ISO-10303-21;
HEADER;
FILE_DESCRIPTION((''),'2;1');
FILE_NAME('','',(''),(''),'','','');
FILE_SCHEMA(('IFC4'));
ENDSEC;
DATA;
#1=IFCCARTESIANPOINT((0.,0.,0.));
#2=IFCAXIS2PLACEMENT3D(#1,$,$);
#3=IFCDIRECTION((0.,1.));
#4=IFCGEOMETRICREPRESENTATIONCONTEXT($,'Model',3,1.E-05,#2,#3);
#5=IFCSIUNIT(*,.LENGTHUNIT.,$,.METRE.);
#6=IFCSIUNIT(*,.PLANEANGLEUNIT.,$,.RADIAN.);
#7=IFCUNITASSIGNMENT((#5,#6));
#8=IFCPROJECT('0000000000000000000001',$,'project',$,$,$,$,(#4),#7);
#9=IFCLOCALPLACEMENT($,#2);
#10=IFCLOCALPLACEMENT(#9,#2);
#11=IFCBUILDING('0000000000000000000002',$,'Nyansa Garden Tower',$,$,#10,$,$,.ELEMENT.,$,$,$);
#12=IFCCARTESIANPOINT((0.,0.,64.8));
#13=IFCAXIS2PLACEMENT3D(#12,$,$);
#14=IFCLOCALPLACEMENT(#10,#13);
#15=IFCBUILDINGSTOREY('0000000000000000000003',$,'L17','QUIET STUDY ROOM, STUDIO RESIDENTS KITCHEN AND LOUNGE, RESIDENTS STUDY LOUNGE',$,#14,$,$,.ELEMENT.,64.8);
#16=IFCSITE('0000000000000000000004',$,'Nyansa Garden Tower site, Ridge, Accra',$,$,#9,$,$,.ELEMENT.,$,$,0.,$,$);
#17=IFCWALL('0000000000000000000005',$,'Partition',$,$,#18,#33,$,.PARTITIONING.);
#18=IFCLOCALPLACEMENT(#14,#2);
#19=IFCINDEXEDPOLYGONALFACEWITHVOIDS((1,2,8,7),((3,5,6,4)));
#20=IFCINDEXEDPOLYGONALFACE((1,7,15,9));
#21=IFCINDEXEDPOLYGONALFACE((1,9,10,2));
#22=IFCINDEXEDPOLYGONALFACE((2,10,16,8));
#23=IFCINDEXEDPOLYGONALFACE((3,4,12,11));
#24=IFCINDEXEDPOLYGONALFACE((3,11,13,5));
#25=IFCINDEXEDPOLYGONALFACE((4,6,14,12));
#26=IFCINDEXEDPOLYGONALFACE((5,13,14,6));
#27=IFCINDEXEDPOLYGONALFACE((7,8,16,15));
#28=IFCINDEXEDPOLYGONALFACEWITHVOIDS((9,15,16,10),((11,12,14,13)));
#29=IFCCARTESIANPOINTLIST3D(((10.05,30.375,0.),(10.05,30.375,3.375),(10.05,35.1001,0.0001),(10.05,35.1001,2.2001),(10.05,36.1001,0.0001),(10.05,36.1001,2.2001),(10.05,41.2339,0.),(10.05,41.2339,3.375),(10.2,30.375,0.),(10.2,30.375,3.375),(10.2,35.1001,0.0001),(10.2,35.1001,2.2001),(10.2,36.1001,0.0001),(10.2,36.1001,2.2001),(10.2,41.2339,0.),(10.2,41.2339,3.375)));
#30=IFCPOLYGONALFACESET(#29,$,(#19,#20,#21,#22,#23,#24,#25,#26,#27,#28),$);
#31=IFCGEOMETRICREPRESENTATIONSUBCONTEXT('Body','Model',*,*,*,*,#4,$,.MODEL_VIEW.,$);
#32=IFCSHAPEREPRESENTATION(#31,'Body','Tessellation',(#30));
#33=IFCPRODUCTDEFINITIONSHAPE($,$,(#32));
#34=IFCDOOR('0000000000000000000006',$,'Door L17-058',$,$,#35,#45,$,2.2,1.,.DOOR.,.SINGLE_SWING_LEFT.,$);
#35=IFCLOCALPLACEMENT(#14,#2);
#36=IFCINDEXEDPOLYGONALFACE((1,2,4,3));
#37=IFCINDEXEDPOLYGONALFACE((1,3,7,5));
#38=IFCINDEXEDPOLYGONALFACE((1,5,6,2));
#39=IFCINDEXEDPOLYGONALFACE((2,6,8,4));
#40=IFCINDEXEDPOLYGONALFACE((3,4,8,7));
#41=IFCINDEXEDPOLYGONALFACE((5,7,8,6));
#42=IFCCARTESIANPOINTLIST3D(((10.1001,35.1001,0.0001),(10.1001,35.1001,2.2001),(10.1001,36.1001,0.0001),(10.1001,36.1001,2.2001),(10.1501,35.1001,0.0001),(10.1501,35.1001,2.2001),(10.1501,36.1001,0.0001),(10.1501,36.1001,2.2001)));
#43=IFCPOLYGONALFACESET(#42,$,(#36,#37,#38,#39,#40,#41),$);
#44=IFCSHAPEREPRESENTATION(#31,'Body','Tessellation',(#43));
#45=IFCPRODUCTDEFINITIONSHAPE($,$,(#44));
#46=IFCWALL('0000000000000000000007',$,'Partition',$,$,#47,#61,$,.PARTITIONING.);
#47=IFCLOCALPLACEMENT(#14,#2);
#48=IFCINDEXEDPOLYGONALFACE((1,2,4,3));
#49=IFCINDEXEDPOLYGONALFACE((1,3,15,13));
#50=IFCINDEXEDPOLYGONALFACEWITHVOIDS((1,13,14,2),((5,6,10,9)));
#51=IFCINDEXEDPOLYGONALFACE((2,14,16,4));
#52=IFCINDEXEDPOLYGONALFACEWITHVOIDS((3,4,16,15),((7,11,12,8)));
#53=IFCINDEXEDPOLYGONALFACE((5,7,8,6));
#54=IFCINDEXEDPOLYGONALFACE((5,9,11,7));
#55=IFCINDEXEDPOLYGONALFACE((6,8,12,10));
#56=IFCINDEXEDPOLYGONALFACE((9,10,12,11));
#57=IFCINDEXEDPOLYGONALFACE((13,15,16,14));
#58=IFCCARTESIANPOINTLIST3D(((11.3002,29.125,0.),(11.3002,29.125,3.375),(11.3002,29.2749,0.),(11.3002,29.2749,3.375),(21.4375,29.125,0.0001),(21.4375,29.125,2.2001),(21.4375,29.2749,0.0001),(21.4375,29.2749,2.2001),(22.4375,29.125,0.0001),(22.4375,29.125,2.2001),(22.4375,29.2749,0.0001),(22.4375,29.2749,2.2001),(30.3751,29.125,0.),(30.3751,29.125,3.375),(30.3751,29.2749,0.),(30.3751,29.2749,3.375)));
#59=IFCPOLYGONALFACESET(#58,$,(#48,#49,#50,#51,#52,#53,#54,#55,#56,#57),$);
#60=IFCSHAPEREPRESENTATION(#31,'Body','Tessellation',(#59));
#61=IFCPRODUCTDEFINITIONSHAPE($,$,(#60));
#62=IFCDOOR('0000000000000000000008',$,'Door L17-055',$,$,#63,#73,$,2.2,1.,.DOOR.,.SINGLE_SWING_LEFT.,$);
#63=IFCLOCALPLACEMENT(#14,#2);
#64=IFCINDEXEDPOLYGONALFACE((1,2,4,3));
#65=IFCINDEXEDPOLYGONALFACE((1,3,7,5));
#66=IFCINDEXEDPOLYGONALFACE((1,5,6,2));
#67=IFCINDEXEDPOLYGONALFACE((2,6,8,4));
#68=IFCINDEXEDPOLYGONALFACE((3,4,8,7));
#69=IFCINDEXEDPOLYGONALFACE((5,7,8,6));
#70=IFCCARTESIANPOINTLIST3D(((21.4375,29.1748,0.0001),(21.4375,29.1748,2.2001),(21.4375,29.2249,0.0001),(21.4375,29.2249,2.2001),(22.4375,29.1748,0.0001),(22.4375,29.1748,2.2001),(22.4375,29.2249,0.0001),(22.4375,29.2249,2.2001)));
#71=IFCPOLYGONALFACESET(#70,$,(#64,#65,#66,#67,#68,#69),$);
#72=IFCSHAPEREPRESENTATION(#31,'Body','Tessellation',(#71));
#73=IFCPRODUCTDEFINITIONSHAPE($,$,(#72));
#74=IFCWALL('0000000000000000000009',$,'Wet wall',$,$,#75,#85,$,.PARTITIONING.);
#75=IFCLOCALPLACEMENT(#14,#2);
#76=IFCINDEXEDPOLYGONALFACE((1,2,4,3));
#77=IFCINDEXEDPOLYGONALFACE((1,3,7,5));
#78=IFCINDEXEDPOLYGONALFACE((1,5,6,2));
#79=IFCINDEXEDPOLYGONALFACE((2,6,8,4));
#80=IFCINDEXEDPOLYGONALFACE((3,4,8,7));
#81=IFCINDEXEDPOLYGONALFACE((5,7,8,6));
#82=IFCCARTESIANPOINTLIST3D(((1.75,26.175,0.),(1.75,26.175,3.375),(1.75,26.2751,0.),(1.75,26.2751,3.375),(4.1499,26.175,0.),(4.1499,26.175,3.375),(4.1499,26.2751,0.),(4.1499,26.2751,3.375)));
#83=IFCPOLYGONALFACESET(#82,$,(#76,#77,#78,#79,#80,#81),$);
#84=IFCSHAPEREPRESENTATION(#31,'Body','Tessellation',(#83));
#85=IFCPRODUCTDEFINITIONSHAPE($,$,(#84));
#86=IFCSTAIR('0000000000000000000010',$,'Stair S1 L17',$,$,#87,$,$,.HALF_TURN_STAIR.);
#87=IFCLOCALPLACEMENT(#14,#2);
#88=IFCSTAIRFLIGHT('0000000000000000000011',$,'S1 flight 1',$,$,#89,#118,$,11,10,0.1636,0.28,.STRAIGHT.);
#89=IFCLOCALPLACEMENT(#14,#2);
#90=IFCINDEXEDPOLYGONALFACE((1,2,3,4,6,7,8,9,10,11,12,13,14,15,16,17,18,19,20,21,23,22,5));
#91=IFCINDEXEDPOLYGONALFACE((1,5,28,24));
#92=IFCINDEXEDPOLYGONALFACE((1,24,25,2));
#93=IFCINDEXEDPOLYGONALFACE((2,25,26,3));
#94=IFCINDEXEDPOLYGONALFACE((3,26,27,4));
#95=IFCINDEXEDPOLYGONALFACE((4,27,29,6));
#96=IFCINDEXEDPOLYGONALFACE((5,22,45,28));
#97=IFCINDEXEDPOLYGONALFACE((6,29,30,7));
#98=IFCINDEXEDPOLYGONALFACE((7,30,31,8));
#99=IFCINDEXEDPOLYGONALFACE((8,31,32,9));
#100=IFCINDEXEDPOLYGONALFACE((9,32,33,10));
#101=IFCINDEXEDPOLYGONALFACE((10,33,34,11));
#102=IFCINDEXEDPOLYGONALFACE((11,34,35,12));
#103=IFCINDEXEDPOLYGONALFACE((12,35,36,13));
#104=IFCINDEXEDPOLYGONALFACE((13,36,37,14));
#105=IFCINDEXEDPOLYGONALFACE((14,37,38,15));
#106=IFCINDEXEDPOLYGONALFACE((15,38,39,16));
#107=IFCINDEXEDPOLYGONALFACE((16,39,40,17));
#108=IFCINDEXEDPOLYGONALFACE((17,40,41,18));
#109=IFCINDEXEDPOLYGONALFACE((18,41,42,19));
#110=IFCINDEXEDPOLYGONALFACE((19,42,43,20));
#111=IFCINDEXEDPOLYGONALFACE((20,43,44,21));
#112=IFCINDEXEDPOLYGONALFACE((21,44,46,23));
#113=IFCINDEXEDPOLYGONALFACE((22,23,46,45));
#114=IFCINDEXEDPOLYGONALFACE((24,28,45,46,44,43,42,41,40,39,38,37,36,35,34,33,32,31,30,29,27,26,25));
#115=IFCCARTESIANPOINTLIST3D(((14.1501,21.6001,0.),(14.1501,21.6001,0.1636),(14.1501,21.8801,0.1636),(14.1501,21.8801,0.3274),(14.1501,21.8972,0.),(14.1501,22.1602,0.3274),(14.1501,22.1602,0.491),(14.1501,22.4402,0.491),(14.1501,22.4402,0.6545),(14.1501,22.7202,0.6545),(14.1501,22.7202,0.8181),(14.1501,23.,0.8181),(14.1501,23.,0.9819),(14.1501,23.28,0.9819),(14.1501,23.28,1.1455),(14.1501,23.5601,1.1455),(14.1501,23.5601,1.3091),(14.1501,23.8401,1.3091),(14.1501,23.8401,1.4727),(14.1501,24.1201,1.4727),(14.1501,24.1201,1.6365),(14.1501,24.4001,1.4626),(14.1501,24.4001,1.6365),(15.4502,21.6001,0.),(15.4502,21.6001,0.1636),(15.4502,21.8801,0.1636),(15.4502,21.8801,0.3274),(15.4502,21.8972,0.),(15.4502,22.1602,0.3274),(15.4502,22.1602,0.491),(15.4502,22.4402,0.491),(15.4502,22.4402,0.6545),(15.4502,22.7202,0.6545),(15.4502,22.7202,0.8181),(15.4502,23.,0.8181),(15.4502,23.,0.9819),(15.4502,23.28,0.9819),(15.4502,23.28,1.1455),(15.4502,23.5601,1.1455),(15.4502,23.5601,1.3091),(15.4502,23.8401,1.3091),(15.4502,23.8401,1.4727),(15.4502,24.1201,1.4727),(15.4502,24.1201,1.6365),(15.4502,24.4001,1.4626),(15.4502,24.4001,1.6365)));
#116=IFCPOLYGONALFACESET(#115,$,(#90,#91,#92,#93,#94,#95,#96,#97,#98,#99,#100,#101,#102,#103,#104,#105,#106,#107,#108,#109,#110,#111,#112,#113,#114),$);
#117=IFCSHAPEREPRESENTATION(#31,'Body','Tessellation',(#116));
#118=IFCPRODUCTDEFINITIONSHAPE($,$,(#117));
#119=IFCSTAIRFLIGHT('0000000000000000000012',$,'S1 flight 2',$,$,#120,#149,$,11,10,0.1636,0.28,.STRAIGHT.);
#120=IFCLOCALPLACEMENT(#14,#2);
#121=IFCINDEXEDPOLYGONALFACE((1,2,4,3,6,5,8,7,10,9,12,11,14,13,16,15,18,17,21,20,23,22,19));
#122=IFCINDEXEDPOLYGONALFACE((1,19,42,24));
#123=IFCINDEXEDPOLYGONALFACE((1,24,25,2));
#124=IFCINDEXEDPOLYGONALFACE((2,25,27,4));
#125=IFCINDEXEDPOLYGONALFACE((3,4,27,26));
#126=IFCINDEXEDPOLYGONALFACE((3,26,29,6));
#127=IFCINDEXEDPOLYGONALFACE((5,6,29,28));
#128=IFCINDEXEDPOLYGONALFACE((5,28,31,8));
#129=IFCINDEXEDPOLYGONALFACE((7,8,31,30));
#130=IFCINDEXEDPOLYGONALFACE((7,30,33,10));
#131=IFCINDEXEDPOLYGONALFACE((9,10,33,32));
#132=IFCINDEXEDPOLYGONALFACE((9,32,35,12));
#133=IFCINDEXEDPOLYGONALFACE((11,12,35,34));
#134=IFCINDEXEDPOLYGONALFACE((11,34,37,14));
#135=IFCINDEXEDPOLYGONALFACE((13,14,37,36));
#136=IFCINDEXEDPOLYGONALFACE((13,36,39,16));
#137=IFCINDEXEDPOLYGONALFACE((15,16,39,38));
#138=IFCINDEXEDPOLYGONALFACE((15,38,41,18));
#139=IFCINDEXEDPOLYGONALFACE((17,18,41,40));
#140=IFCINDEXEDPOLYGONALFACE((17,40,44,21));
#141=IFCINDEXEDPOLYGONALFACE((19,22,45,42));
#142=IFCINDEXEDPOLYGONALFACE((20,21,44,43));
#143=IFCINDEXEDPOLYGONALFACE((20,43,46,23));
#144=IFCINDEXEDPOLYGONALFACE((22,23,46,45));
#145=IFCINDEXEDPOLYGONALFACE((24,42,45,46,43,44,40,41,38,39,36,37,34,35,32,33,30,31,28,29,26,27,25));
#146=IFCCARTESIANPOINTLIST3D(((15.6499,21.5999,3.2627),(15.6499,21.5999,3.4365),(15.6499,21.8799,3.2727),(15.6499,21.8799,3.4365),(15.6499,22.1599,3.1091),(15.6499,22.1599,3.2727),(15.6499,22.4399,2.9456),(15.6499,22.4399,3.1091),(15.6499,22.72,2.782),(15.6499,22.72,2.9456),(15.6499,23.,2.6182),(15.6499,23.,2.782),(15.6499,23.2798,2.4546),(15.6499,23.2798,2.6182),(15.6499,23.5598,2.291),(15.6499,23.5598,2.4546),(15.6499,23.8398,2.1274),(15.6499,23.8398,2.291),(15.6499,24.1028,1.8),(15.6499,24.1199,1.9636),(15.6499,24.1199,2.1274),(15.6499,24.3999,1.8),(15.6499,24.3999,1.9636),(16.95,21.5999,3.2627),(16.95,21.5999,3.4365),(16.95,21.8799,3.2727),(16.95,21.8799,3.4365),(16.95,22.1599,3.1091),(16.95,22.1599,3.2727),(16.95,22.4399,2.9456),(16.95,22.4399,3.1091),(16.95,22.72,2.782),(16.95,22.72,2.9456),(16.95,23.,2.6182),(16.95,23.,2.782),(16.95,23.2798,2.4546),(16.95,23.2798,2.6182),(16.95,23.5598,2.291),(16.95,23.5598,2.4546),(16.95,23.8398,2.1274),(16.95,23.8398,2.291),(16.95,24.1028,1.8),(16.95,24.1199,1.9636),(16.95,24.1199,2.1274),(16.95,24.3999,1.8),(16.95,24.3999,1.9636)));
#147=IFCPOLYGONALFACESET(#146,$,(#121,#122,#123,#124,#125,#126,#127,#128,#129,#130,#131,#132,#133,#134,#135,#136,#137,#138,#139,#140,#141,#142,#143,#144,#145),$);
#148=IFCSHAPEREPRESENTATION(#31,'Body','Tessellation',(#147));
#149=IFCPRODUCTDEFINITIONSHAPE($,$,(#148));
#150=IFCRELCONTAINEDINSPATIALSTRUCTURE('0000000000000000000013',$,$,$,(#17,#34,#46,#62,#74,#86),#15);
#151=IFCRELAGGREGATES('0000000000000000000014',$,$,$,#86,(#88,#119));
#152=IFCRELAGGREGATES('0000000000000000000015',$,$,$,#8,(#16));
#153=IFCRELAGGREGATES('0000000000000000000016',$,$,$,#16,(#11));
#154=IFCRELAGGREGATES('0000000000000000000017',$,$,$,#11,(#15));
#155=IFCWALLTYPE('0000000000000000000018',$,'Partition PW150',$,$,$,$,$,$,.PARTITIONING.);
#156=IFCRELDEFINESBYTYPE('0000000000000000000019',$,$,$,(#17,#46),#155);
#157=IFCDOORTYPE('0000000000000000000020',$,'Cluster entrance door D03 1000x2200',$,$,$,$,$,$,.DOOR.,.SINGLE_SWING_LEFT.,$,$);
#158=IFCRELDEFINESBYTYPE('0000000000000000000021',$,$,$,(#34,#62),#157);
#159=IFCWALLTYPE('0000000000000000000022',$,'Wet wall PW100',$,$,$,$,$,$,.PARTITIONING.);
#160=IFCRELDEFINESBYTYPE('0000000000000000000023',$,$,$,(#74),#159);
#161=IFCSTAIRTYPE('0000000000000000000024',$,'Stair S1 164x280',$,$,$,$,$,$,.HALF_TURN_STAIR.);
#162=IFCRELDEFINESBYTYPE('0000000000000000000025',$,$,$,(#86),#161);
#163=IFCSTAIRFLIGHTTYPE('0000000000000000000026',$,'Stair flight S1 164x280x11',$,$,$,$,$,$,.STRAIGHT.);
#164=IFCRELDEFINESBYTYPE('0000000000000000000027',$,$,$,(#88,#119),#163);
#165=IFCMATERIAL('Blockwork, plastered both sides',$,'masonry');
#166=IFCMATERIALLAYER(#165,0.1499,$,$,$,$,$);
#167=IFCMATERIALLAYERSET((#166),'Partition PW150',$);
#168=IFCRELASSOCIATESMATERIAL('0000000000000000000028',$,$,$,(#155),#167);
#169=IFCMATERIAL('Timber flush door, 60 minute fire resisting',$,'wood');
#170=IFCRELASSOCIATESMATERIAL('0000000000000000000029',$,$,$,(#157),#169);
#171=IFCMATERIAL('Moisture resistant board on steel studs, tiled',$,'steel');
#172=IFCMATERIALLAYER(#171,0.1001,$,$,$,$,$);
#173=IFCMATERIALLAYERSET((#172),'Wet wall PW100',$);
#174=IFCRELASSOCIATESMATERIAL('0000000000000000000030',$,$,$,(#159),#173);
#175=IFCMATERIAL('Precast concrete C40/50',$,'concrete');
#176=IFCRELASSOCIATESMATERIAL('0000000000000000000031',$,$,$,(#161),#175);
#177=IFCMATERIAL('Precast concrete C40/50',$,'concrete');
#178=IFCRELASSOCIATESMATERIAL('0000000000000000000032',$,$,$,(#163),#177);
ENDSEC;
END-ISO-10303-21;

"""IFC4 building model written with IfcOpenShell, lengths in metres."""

from ifc_helpers import new_model, si_unit, direction, frame, frame_2d, origin, place, context, subcontext, project, spatial, polyline, rectangle, outline, extrude, material, layer, layer_set, type_object, element, fill, aggregate, save


model = new_model("IFC4")

# Units and contexts
model_context = context("Model", 3, precision=1e-05, world=origin(), true_north=direction((0.0, 1.0)))
body_context = subcontext(model_context, "Body", "Model", "MODEL_VIEW")
ifc_project = project(units=[si_unit("LENGTHUNIT", "METRE"), si_unit("PLANEANGLEUNIT", "RADIAN")], contexts=[model_context])

# Site, building, storey
site_placement = place(None, origin())
site = spatial("IfcSite", under=ifc_project, at=site_placement, Name="Nyansa Garden Tower site, Ridge, Accra", CompositionType="ELEMENT", RefElevation=0.0)
building_placement = place(site_placement, origin())
building = spatial("IfcBuilding", under=site, at=building_placement, Name="Nyansa Garden Tower", CompositionType="ELEMENT")
storey_placement = place(building_placement, frame((0.0, 0.0, 64.8)))
storey = spatial("IfcBuildingStorey", under=building, at=storey_placement, Name="L17", Description="QUIET STUDY ROOM, STUDIO RESIDENTS KITCHEN AND LOUNGE, RESIDENTS STUDY LOUNGE", CompositionType="ELEMENT", Elevation=64.8)

# Shared definitions
ifc_material_1 = material(Name="Blockwork, plastered both sides", Category="masonry")
ifc_layer_1 = layer(ifc_material_1, 0.1499)
ifc_layer_set_1 = layer_set([ifc_layer_1], Name="Partition PW150")
wall_type_1 = type_object("IfcWallType", Name="Partition PW150", PredefinedType="PARTITIONING", material=ifc_layer_set_1)

# Walls, openings, doors
wall_1_placement = place(storey_placement, frame((10.125, 30.375, 0.0), z_axis=(0.0, 0.0, 1.0), x_axis=(0.0, 1.0, 0.0)))
wall_1 = element("IfcWall", 1, at=wall_1_placement, inside=storey, type_object=wall_type_1, Name="Partition", PredefinedType="PARTITIONING", context=body_context, shape_type="SweptSolid", body=[
    extrude(rectangle(XDim=10.8589, YDim=0.1499, at=frame_2d((5.4294, 0.0))), origin(), (0.0, 0.0, 1.0), 3.375),
])
opening_1_placement = place(wall_1_placement, frame((4.7251, 0.0, 0.0)))
opening_1 = element("IfcOpeningElement", 2, at=opening_1_placement, cuts=wall_1, PredefinedType="OPENING", context=body_context, shape_type="SweptSolid", body=[
    extrude(rectangle(XDim=1.0, YDim=2.2, at=frame_2d((0.5, 1.1001))), frame((0.0, 0.085, 0.0), z_axis=(0.0, -1.0, 0.0), x_axis=(1.0, 0.0, 0.0)), (0.0, 0.0, 1.0), 0.1699),
])
ifc_material_2 = material(Name="Timber flush door, 60 minute fire resisting", Category="wood")
door_type_1 = type_object("IfcDoorType", Name="Cluster entrance door D03 1000x2200", OperationType="SINGLE_SWING_LEFT", PredefinedType="DOOR", material=ifc_material_2)
door_1_placement = place(opening_1_placement, origin())
door_1 = element("IfcDoor", 3, at=door_1_placement, inside=storey, type_object=door_type_1, Name="Door L17-058", OperationType="SINGLE_SWING_LEFT", OverallHeight=2.2, OverallWidth=1.0, PredefinedType="DOOR", context=body_context, shape_type="SweptSolid", body=[
    extrude(rectangle(XDim=1.0, YDim=2.2, at=frame_2d((0.5, 1.1001))), frame((0.0, 0.0249, 0.0), z_axis=(0.0, -1.0, 0.0), x_axis=(1.0, 0.0, 0.0)), (0.0, 0.0, 1.0), 0.05),
])
fill(opening_1, door_1)
wall_2_placement = place(storey_placement, frame((11.3, 29.2, 0.0), z_axis=(0.0, 0.0, 1.0), x_axis=(1.0, 0.0, 0.0)))
wall_2 = element("IfcWall", 4, at=wall_2_placement, inside=storey, type_object=wall_type_1, Name="Partition", PredefinedType="PARTITIONING", context=body_context, shape_type="SweptSolid", body=[
    extrude(rectangle(XDim=19.075, YDim=0.1499, at=frame_2d((9.5376, 0.0))), origin(), (0.0, 0.0, 1.0), 3.375),
])
opening_2_placement = place(wall_2_placement, frame((10.1375, 0.0, 0.0)))
opening_2 = element("IfcOpeningElement", 5, at=opening_2_placement, cuts=wall_2, PredefinedType="OPENING", context=body_context, shape_type="SweptSolid", body=[
    extrude(rectangle(XDim=1.0, YDim=2.2, at=frame_2d((0.5, 1.1001))), frame((0.0, 0.085, 0.0), z_axis=(0.0, -1.0, 0.0), x_axis=(1.0, 0.0, 0.0)), (0.0, 0.0, 1.0), 0.1699),
])
door_2_placement = place(opening_2_placement, origin())
door_2 = element("IfcDoor", 6, at=door_2_placement, inside=storey, type_object=door_type_1, Name="Door L17-055", OperationType="SINGLE_SWING_LEFT", OverallHeight=2.2, OverallWidth=1.0, PredefinedType="DOOR", context=body_context, shape_type="SweptSolid", body=[
    extrude(rectangle(XDim=1.0, YDim=2.2, at=frame_2d((0.5, 1.1001))), frame((0.0, 0.0249, 0.0), z_axis=(0.0, -1.0, 0.0), x_axis=(1.0, 0.0, 0.0)), (0.0, 0.0, 1.0), 0.05),
])
fill(opening_2, door_2)

# Wall
ifc_material_3 = material(Name="Moisture resistant board on steel studs, tiled", Category="steel")
ifc_layer_2 = layer(ifc_material_3, 0.1001)
ifc_layer_set_2 = layer_set([ifc_layer_2], Name="Wet wall PW100")
wall_type_2 = type_object("IfcWallType", Name="Wet wall PW100", PredefinedType="PARTITIONING", material=ifc_layer_set_2)
wall_3_placement = place(storey_placement, frame((1.75, 26.2251, 0.0), z_axis=(0.0, 0.0, 1.0), x_axis=(1.0, 0.0, 0.0)))
element("IfcWall", 7, at=wall_3_placement, inside=storey, type_object=wall_type_2, Name="Wet wall", PredefinedType="PARTITIONING", context=body_context, shape_type="SweptSolid", body=[
    extrude(rectangle(XDim=2.3999, YDim=0.1001, at=frame_2d((1.2, 0.0))), origin(), (0.0, 0.0, 1.0), 3.375),
])

# Stair, stair flights
ifc_material_4 = material(Name="Precast concrete C40/50", Category="concrete")
stair_type = type_object("IfcStairType", Name="Stair S1 164x280", PredefinedType="HALF_TURN_STAIR", material=ifc_material_4)
stair_placement = place(storey_placement, origin())
stair = element("IfcStair", 8, at=stair_placement, inside=storey, type_object=stair_type, Name="Stair S1 L17", PredefinedType="HALF_TURN_STAIR")
ifc_material_5 = material(Name="Precast concrete C40/50", Category="concrete")
stair_flight_type = type_object("IfcStairFlightType", Name="Stair flight S1 164x280x11", PredefinedType="STRAIGHT", material=ifc_material_5)
stair_flight_1_placement = place(storey_placement, frame((14.8, 21.6001, 0.0), z_axis=(0.0, 0.0, 1.0), x_axis=(0.0, 1.0, 0.0)))
stair_flight_1 = element("IfcStairFlight", 9, at=stair_flight_1_placement, type_object=stair_flight_type, Name="S1 flight 1", NumberOfRisers=11, NumberOfTreads=10, PredefinedType="STRAIGHT", RiserHeight=0.1636, TreadLength=0.28, context=body_context, shape_type="SweptSolid", body=[
    extrude(outline(polyline([(0.0, 0.0), (0.0, 0.1636), (0.28, 0.1636), (0.28, 0.3274), (0.5601, 0.3274), (0.5601, 0.491), (0.8401, 0.491), (0.8401, 0.6545), (1.1201, 0.6545), (1.1201, 0.8181), (1.3999, 0.8181), (1.3999, 0.9819), (1.6799, 0.9819), (1.6799, 1.1455), (1.96, 1.1455), (1.96, 1.3091), (2.24, 1.3091), (2.24, 1.4727), (2.52, 1.4727), (2.52, 1.6365), (2.8, 1.6365), (2.8, 1.8), (2.8, 1.4626), (0.2971, 0.0), (0.0, 0.0)])), frame((0.0, 0.6499, 0.0), z_axis=(0.0, -1.0, 0.0), x_axis=(1.0, 0.0, 0.0)), (0.0, 0.0, 1.0), 1.3),
])
stair_flight_2_placement = place(storey_placement, frame((16.3, 24.3999, 1.8), z_axis=(0.0, 0.0, 1.0), x_axis=(0.0, -1.0, 0.0)))
stair_flight_2 = element("IfcStairFlight", 10, at=stair_flight_2_placement, type_object=stair_flight_type, Name="S1 flight 2", NumberOfRisers=11, NumberOfTreads=10, PredefinedType="STRAIGHT", RiserHeight=0.1636, TreadLength=0.28, context=body_context, shape_type="SweptSolid", body=[
    extrude(outline(polyline([(0.0, 0.0), (0.0, 0.1636), (0.28, 0.1636), (0.28, 0.3274), (0.5601, 0.3274), (0.5601, 0.491), (0.8401, 0.491), (0.8401, 0.6545), (1.1201, 0.6545), (1.1201, 0.8181), (1.3999, 0.8181), (1.3999, 0.9819), (1.6799, 0.9819), (1.6799, 1.1455), (1.96, 1.1455), (1.96, 1.3091), (2.24, 1.3091), (2.24, 1.4727), (2.52, 1.4727), (2.52, 1.6365), (2.8, 1.6365), (2.8, 1.8), (2.8, 1.4626), (0.2971, 0.0), (0.0, 0.0)])), frame((0.0, 0.6499, 0.0), z_axis=(0.0, -1.0, 0.0), x_axis=(1.0, 0.0, 0.0)), (0.0, 0.0, 1.0), 1.3),
])
aggregate(stair, [stair_flight_1, stair_flight_2])

save(model, "model.ifc")
